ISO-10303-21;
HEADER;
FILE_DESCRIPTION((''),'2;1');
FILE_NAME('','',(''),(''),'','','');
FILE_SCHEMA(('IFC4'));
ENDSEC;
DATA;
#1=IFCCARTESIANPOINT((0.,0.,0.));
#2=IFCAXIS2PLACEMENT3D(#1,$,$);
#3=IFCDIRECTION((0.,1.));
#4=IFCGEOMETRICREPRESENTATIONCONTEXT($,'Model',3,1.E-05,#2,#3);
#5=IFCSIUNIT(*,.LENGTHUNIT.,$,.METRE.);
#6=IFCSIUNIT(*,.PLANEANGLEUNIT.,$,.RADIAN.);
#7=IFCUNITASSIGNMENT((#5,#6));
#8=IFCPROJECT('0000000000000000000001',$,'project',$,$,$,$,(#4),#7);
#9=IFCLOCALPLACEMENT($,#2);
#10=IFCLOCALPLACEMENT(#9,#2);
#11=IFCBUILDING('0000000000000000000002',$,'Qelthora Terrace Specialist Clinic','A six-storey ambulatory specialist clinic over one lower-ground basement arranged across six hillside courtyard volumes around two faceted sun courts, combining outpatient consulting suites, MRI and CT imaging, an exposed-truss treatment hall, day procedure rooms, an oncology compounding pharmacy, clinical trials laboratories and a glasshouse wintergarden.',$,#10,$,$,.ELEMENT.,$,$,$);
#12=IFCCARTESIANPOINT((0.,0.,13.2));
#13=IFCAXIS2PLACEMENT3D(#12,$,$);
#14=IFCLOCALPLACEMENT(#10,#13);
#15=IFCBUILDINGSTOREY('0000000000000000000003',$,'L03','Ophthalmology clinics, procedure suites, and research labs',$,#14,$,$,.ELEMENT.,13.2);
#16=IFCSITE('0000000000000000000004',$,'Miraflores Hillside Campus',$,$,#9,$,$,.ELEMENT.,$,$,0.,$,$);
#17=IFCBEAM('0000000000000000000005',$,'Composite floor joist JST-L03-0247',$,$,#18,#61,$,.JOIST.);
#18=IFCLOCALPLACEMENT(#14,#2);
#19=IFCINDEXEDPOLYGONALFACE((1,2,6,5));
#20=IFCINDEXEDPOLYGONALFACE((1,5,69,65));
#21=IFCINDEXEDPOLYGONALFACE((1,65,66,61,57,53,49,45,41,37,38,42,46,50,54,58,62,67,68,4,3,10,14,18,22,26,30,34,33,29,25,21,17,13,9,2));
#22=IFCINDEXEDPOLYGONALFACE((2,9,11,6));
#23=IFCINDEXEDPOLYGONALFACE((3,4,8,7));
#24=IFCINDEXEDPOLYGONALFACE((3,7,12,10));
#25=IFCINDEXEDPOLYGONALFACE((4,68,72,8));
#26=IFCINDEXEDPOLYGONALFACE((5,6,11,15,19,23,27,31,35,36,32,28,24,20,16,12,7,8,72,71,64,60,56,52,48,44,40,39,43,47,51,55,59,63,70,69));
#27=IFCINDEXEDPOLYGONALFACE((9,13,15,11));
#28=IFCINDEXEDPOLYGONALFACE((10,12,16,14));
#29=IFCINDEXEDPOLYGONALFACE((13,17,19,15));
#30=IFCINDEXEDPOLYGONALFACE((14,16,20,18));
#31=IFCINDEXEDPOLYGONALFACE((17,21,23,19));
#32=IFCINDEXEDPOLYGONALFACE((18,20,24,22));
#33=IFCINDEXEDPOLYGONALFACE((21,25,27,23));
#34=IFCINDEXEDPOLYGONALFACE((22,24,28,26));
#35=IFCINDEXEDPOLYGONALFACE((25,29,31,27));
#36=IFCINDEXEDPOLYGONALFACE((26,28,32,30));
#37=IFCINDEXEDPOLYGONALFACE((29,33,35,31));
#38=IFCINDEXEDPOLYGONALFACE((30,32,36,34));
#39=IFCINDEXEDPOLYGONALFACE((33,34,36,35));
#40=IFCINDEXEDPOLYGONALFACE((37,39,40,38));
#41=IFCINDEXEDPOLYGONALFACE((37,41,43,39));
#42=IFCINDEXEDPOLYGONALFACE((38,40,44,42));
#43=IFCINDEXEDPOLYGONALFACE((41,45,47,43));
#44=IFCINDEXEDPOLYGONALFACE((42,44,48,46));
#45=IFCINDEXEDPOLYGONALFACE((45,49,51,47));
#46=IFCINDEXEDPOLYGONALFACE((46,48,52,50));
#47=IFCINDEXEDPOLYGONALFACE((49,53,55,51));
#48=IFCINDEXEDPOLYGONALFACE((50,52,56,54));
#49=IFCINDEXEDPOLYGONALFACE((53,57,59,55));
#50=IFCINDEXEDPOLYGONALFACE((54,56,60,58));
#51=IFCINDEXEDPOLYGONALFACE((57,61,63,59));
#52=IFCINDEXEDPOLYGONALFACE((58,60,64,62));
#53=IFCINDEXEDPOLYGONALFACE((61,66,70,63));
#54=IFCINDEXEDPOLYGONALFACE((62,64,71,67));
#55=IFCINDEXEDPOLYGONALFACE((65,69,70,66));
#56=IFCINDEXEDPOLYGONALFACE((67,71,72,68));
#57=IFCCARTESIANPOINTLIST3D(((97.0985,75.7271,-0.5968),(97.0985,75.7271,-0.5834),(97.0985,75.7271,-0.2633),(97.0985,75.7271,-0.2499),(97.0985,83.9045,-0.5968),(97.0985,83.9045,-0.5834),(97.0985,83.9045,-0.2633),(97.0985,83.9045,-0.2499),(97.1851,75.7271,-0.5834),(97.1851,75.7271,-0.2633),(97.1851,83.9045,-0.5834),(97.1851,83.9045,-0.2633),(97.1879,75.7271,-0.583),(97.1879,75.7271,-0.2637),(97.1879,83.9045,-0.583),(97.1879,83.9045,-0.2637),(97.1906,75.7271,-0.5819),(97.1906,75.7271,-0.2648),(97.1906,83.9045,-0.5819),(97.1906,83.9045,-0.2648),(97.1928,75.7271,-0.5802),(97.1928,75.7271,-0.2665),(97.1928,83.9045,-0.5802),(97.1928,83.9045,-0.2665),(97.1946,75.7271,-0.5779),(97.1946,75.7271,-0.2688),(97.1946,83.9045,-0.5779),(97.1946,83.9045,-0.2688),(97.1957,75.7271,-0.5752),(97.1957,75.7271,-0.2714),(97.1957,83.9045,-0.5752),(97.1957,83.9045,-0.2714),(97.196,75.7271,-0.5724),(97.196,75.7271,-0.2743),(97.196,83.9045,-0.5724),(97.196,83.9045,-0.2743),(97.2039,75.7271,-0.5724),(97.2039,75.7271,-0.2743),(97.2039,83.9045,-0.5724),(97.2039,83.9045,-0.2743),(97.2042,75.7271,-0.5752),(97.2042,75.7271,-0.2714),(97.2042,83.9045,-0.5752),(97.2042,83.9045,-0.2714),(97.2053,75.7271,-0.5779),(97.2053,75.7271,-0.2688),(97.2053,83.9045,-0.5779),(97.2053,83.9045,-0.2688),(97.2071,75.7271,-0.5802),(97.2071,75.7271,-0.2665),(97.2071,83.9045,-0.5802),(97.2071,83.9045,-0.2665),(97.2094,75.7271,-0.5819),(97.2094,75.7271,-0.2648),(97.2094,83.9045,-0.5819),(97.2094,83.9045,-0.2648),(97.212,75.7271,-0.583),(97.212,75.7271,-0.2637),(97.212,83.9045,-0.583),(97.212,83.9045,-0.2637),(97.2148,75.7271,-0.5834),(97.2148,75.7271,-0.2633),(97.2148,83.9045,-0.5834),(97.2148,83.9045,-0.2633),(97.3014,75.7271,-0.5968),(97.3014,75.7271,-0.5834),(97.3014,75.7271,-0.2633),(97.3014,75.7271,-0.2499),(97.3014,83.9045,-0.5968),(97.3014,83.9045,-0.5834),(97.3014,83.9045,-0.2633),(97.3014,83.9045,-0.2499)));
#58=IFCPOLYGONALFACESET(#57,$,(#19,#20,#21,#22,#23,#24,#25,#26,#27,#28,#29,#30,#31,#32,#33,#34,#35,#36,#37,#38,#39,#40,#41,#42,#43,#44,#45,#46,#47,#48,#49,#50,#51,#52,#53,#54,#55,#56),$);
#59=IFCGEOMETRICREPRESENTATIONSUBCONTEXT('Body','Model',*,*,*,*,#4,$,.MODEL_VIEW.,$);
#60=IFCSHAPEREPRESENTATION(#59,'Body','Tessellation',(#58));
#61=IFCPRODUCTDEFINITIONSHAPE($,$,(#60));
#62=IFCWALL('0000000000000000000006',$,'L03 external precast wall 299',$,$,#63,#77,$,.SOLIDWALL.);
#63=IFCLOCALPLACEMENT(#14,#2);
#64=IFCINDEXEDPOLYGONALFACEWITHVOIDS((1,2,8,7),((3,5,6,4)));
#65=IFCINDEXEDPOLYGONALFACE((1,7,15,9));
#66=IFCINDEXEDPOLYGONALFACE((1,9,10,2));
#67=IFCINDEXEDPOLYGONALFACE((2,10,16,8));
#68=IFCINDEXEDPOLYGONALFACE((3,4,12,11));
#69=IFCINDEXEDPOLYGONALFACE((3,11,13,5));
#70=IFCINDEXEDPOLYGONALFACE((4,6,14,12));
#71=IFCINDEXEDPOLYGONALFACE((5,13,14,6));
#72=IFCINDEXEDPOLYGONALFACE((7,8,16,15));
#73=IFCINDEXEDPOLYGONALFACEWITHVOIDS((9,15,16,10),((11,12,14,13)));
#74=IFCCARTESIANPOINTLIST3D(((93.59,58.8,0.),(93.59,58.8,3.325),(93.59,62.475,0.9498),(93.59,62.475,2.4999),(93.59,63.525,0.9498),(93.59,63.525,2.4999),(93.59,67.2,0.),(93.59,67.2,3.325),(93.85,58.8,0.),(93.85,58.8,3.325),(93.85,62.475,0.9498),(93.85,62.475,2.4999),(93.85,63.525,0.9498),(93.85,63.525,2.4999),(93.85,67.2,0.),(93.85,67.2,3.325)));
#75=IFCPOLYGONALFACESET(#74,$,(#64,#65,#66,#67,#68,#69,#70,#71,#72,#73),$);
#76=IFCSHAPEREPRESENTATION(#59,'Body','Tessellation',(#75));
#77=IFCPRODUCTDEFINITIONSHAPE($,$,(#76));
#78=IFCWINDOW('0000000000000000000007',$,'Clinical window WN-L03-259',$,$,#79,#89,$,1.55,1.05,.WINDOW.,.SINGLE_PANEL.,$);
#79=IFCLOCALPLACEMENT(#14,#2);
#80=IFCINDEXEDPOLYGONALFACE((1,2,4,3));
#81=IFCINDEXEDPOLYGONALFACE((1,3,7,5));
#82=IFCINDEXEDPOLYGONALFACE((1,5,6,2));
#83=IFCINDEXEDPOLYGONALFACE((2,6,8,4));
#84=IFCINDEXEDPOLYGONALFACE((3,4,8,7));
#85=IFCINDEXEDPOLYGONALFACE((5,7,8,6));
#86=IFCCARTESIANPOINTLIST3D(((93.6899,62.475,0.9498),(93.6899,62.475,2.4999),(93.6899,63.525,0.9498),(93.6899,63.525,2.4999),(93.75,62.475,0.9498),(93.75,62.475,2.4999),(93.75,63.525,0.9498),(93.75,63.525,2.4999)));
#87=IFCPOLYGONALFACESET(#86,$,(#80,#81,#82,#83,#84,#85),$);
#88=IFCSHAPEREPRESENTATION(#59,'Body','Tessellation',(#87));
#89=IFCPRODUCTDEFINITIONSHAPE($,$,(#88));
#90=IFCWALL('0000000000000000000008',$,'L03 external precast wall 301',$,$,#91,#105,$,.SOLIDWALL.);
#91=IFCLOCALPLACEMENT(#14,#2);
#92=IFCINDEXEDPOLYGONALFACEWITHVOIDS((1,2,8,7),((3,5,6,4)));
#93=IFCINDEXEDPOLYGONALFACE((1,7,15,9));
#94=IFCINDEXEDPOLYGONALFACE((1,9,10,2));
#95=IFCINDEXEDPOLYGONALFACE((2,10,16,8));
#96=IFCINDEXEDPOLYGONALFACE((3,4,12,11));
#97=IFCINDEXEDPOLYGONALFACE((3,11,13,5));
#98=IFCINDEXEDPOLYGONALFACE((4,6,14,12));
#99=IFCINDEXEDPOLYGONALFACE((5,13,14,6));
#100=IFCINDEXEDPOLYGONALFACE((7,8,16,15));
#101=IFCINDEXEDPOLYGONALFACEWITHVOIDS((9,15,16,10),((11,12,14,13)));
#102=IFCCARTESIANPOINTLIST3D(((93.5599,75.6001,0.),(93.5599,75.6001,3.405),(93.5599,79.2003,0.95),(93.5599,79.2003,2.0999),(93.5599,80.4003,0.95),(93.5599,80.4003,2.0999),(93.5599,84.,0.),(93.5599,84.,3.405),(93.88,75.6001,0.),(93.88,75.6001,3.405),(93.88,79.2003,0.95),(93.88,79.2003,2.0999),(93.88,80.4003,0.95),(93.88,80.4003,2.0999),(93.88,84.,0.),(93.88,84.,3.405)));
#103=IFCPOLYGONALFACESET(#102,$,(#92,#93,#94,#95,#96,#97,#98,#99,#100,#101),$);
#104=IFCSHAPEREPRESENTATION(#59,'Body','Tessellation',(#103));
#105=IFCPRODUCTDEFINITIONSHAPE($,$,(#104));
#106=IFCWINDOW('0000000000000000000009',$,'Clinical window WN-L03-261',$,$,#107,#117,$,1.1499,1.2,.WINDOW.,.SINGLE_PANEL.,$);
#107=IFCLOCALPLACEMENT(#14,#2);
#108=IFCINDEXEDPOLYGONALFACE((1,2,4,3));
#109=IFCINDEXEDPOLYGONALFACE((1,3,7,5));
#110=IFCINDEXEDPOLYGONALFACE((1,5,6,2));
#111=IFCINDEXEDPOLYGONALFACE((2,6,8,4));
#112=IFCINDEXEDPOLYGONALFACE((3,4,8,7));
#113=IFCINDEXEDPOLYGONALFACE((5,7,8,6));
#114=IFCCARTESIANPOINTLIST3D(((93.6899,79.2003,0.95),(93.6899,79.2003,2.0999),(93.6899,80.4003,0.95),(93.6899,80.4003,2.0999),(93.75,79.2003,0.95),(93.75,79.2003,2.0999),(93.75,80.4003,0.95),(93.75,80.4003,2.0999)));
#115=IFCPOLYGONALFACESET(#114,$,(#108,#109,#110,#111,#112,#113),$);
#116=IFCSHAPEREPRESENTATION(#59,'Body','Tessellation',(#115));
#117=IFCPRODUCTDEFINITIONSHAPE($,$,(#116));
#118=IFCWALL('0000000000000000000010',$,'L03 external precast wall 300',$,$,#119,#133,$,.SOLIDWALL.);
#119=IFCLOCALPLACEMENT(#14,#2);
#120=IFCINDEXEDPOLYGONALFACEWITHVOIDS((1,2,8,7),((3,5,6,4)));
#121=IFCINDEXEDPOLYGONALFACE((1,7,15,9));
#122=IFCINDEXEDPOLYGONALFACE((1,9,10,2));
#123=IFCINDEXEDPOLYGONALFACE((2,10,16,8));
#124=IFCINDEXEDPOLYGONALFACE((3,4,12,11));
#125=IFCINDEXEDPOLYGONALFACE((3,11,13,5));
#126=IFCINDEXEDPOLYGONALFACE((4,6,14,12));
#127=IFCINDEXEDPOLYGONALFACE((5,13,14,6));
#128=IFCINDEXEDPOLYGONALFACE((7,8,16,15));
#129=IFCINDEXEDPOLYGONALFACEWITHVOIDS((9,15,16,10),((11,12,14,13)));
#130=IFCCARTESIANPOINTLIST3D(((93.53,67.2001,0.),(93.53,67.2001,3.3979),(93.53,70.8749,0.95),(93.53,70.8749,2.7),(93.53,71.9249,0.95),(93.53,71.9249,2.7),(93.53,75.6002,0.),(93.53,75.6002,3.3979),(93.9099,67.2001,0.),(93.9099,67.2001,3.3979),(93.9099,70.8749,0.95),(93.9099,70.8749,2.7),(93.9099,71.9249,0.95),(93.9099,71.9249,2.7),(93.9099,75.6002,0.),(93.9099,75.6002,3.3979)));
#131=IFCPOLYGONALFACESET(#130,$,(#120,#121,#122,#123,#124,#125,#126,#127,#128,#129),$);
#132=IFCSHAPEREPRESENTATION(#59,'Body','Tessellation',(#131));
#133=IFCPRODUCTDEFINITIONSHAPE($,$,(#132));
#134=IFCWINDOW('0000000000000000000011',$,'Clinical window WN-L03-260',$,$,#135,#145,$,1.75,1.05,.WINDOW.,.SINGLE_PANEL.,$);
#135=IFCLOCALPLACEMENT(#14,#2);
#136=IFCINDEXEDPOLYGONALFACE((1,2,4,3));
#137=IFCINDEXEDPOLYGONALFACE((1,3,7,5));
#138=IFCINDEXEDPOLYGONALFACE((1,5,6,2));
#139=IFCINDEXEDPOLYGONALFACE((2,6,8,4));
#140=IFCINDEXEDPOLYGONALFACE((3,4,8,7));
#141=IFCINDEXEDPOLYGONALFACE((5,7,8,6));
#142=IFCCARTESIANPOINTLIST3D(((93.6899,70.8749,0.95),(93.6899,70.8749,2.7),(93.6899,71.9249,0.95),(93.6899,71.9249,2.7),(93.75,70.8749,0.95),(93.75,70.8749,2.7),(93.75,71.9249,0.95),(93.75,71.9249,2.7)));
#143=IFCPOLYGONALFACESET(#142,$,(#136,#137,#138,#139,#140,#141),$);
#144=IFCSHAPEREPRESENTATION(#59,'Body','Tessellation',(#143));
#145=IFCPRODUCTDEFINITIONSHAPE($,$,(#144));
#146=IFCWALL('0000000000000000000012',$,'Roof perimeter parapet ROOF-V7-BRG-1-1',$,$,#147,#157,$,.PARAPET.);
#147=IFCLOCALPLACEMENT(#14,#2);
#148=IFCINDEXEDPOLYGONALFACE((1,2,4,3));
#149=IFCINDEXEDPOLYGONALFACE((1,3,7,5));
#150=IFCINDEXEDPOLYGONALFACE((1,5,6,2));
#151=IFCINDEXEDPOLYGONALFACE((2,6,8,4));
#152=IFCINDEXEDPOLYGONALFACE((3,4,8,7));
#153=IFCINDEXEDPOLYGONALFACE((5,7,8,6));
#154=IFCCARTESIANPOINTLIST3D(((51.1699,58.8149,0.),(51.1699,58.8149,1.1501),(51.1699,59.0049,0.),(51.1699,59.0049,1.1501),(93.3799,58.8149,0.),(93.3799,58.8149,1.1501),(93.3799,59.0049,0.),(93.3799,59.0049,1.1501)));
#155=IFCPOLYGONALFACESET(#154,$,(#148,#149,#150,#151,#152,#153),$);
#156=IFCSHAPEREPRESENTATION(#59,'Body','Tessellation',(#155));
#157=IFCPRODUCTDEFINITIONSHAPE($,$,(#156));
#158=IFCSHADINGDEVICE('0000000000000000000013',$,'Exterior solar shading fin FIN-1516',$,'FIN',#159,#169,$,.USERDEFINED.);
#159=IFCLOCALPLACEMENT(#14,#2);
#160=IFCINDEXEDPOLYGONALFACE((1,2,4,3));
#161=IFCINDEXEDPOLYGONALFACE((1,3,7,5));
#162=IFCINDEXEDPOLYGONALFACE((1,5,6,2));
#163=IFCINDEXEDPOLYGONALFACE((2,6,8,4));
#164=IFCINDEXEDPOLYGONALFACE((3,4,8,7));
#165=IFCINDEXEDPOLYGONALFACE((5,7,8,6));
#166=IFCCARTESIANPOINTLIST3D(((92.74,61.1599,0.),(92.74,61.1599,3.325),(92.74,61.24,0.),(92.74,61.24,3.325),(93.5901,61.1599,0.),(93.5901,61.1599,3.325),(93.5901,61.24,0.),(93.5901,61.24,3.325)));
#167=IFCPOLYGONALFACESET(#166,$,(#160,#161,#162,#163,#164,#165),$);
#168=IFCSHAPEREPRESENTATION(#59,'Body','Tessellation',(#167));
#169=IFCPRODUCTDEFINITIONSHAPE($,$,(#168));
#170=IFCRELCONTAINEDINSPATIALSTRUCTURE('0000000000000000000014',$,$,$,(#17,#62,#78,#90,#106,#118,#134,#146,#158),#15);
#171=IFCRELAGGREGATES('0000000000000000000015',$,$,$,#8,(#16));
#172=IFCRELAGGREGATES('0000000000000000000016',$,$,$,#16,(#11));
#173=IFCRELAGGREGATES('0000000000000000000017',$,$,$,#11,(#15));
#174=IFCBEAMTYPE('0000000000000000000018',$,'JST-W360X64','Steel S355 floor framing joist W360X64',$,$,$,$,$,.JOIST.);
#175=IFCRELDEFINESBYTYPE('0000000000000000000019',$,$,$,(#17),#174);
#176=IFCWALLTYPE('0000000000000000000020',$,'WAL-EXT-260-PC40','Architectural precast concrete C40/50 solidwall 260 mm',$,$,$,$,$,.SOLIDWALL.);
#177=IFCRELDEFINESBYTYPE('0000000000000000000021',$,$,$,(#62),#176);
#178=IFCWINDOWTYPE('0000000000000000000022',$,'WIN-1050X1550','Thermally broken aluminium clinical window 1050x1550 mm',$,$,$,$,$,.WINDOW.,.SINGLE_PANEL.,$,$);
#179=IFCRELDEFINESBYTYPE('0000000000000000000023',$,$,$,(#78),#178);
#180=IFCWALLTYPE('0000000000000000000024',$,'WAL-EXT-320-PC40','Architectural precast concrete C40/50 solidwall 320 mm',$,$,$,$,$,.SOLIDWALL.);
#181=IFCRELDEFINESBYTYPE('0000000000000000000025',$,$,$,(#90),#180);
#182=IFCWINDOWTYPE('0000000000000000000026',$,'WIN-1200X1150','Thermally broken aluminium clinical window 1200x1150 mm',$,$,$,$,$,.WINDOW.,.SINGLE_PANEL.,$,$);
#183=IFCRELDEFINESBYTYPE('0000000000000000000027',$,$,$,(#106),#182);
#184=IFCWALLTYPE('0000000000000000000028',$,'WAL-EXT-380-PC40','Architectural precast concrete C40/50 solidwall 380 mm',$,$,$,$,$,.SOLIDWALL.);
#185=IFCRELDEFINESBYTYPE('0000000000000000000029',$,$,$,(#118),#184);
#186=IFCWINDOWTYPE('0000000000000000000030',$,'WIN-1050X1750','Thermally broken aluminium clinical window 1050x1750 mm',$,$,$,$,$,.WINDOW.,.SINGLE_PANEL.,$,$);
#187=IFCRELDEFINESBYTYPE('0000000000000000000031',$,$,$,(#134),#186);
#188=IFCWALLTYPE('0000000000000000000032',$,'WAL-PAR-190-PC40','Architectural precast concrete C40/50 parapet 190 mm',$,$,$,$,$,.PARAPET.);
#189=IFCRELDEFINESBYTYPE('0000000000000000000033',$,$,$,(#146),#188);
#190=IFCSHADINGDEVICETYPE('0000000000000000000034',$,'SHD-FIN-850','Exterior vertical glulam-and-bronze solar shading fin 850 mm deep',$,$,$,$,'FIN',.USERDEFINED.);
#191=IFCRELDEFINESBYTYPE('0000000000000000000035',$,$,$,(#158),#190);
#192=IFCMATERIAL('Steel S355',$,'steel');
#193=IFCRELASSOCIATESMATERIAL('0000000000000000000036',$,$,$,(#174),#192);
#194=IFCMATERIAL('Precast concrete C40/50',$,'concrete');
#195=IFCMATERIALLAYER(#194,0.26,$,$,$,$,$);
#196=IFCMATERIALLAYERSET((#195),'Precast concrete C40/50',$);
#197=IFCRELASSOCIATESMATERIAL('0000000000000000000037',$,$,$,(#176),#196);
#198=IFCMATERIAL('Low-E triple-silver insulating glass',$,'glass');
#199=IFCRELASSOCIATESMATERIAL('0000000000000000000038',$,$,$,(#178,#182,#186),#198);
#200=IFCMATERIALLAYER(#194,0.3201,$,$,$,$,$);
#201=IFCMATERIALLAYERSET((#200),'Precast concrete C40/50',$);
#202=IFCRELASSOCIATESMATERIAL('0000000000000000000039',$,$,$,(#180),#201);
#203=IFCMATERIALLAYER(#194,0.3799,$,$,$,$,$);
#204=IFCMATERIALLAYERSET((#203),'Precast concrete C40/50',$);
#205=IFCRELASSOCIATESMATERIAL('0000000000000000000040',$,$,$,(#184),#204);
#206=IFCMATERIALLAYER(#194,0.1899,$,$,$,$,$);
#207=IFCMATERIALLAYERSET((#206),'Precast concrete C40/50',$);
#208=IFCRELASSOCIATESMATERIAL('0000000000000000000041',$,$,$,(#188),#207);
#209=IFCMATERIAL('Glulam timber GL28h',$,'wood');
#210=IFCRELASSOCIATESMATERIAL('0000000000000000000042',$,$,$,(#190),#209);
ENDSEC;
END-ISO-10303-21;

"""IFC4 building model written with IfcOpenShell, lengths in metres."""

from ifc_helpers import new_model, si_unit, direction, frame, frame_2d, origin, origin_2d, place, context, subcontext, project, spatial, rectangle, i_section, extrude, material, layer, layer_set, material_profile, profile_set, type_object, element, fill, save


model = new_model("IFC4")

# Units and contexts
model_context = context("Model", 3, precision=1e-05, world=origin(), true_north=direction((0.0, 1.0)))
body_context = subcontext(model_context, "Body", "Model", "MODEL_VIEW")
ifc_project = project(units=[si_unit("LENGTHUNIT", "METRE"), si_unit("PLANEANGLEUNIT", "RADIAN")], contexts=[model_context])

# Site, building, storey
site_placement = place(None, origin())
site = spatial("IfcSite", under=ifc_project, at=site_placement, Name="Miraflores Hillside Campus", CompositionType="ELEMENT", RefElevation=0.0)
building_placement = place(site_placement, origin())
building = spatial("IfcBuilding", under=site, at=building_placement, Name="Qelthora Terrace Specialist Clinic", Description="A six-storey ambulatory specialist clinic over one lower-ground basement arranged across six hillside courtyard volumes around two faceted sun courts, combining outpatient consulting suites, MRI and CT imaging, an exposed-truss treatment hall, day procedure rooms, an oncology compounding pharmacy, clinical trials laboratories and a glasshouse wintergarden.", CompositionType="ELEMENT")
storey_placement = place(building_placement, frame((0.0, 0.0, 13.2)))
storey = spatial("IfcBuildingStorey", under=building, at=storey_placement, Name="L03", Description="Ophthalmology clinics, procedure suites, and research labs", CompositionType="ELEMENT", Elevation=13.2)

# Shared definitions
ifc_material_1 = material(Name="Steel S355", Category="steel")

# Beam
ifc_material_profile_1 = material_profile(ifc_material_1, i_section(OverallWidth=0.2029, OverallDepth=0.3469, WebThickness=0.0078, FlangeThickness=0.0134, FilletRadius=0.011, at=origin_2d()), Name="W360X64")
ifc_profile_set_1 = profile_set([ifc_material_profile_1], Name="Steel S355")
beam_type_1 = type_object("IfcBeamType", Name="JST-W360X64", Description="Steel S355 floor framing joist W360X64", PredefinedType="JOIST", material=ifc_profile_set_1)
beam_1_placement = place(storey_placement, frame((97.2, 75.7271, -0.4233), z_axis=(0.0, 1.0, 0.0), x_axis=(-1.0, 0.0, 0.0)))
element("IfcBeam", 1, at=beam_1_placement, inside=storey, type_object=beam_type_1, Name="Composite floor joist JST-L03-0247", PredefinedType="JOIST", context=body_context, shape_type="SweptSolid", body=[
    extrude(i_section(OverallWidth=0.2029, OverallDepth=0.3469, WebThickness=0.0078, FlangeThickness=0.0134, FilletRadius=0.011, at=origin_2d()), origin(), (0.0, 0.0, 1.0), 8.1775),
])

# Walls, openings, windows
ifc_material_2 = material(Name="Precast concrete C40/50", Category="concrete")
ifc_layer_1 = layer(ifc_material_2, 0.26)
ifc_layer_set_1 = layer_set([ifc_layer_1], Name="Precast concrete C40/50")
wall_type_1 = type_object("IfcWallType", Name="WAL-EXT-260-PC40", Description="Architectural precast concrete C40/50 solidwall 260 mm", PredefinedType="SOLIDWALL", material=ifc_layer_set_1)
wall_1_placement = place(storey_placement, frame((93.72, 58.8, 0.0), z_axis=(0.0, 0.0, 1.0), x_axis=(0.0, 1.0, 0.0)))
wall_1 = element("IfcWall", 2, at=wall_1_placement, inside=storey, type_object=wall_type_1, Name="L03 external precast wall 299", PredefinedType="SOLIDWALL", context=body_context, shape_type="SweptSolid", body=[
    extrude(rectangle(XDim=8.3999, YDim=0.26, at=frame_2d((4.2, 0.0))), origin(), (0.0, 0.0, 1.0), 3.325),
])
opening_1_placement = place(wall_1_placement, frame((3.675, 0.0, 0.95)))
opening_1 = element("IfcOpeningElement", 3, at=opening_1_placement, cuts=wall_1, PredefinedType="OPENING", context=body_context, shape_type="SweptSolid", body=[
    extrude(rectangle(XDim=1.05, YDim=1.55, at=frame_2d((0.5249, 0.7749))), frame((0.0, 0.1399, 0.0), z_axis=(0.0, -1.0, 0.0), x_axis=(1.0, 0.0, 0.0)), (0.0, 0.0, 1.0), 0.28),
])
ifc_material_3 = material(Name="Low-E triple-silver insulating glass", Category="glass")
window_type_1 = type_object("IfcWindowType", Name="WIN-1050X1550", Description="Thermally broken aluminium clinical window 1050x1550 mm", PartitioningType="SINGLE_PANEL", PredefinedType="WINDOW", material=ifc_material_3)
window_1_placement = place(opening_1_placement, origin())
window_1 = element("IfcWindow", 4, at=window_1_placement, inside=storey, type_object=window_type_1, Name="Clinical window WN-L03-259", OverallHeight=1.55, OverallWidth=1.05, PartitioningType="SINGLE_PANEL", PredefinedType="WINDOW", context=body_context, shape_type="SweptSolid", body=[
    extrude(rectangle(XDim=1.05, YDim=1.55, at=frame_2d((0.5249, 0.7749))), frame((0.0, 0.03, 0.0), z_axis=(0.0, -1.0, 0.0), x_axis=(1.0, 0.0, 0.0)), (0.0, 0.0, 1.0), 0.0601),
])
fill(opening_1, window_1)
ifc_layer_2 = layer(ifc_material_2, 0.3201)
ifc_layer_set_2 = layer_set([ifc_layer_2], Name="Precast concrete C40/50")
wall_type_2 = type_object("IfcWallType", Name="WAL-EXT-320-PC40", Description="Architectural precast concrete C40/50 solidwall 320 mm", PredefinedType="SOLIDWALL", material=ifc_layer_set_2)
wall_2_placement = place(storey_placement, frame((93.72, 75.6001, 0.0), z_axis=(0.0, 0.0, 1.0), x_axis=(0.0, 1.0, 0.0)))
wall_2 = element("IfcWall", 5, at=wall_2_placement, inside=storey, type_object=wall_type_2, Name="L03 external precast wall 301", PredefinedType="SOLIDWALL", context=body_context, shape_type="SweptSolid", body=[
    extrude(rectangle(XDim=8.3999, YDim=0.3201, at=frame_2d((4.2, 0.0))), origin(), (0.0, 0.0, 1.0), 3.405),
])
opening_2_placement = place(wall_2_placement, frame((3.6001, 0.0, 0.95)))
opening_2 = element("IfcOpeningElement", 6, at=opening_2_placement, cuts=wall_2, PredefinedType="OPENING", context=body_context, shape_type="SweptSolid", body=[
    extrude(rectangle(XDim=1.2, YDim=1.1499, at=frame_2d((0.6001, 0.575))), frame((0.0, 0.1699, 0.0), z_axis=(0.0, -1.0, 0.0), x_axis=(1.0, 0.0, 0.0)), (0.0, 0.0, 1.0), 0.3401),
])
window_type_2 = type_object("IfcWindowType", Name="WIN-1200X1150", Description="Thermally broken aluminium clinical window 1200x1150 mm", PartitioningType="SINGLE_PANEL", PredefinedType="WINDOW", material=ifc_material_3)
window_2_placement = place(opening_2_placement, origin())
window_2 = element("IfcWindow", 7, at=window_2_placement, inside=storey, type_object=window_type_2, Name="Clinical window WN-L03-261", OverallHeight=1.1499, OverallWidth=1.2, PartitioningType="SINGLE_PANEL", PredefinedType="WINDOW", context=body_context, shape_type="SweptSolid", body=[
    extrude(rectangle(XDim=1.2, YDim=1.1499, at=frame_2d((0.6001, 0.575))), frame((0.0, 0.03, 0.0), z_axis=(0.0, -1.0, 0.0), x_axis=(1.0, 0.0, 0.0)), (0.0, 0.0, 1.0), 0.0601),
])
fill(opening_2, window_2)
ifc_layer_3 = layer(ifc_material_2, 0.3799)
ifc_layer_set_3 = layer_set([ifc_layer_3], Name="Precast concrete C40/50")
wall_type_3 = type_object("IfcWallType", Name="WAL-EXT-380-PC40", Description="Architectural precast concrete C40/50 solidwall 380 mm", PredefinedType="SOLIDWALL", material=ifc_layer_set_3)
wall_3_placement = place(storey_placement, frame((93.72, 67.2, 0.0), z_axis=(0.0, 0.0, 1.0), x_axis=(0.0, 1.0, 0.0)))
wall_3 = element("IfcWall", 8, at=wall_3_placement, inside=storey, type_object=wall_type_3, Name="L03 external precast wall 300", PredefinedType="SOLIDWALL", context=body_context, shape_type="SweptSolid", body=[
    extrude(rectangle(XDim=8.4001, YDim=0.3799, at=frame_2d((4.2002, 0.0))), origin(), (0.0, 0.0, 1.0), 3.3979),
])
opening_3_placement = place(wall_3_placement, frame((3.675, 0.0, 0.95)))
opening_3 = element("IfcOpeningElement", 9, at=opening_3_placement, cuts=wall_3, PredefinedType="OPENING", context=body_context, shape_type="SweptSolid", body=[
    extrude(rectangle(XDim=1.05, YDim=1.75, at=frame_2d((0.5249, 0.875))), frame((0.0, 0.2, 0.0), z_axis=(0.0, -1.0, 0.0), x_axis=(1.0, 0.0, 0.0)), (0.0, 0.0, 1.0), 0.3999),
])
window_type_3 = type_object("IfcWindowType", Name="WIN-1050X1750", Description="Thermally broken aluminium clinical window 1050x1750 mm", PartitioningType="SINGLE_PANEL", PredefinedType="WINDOW", material=ifc_material_3)
window_3_placement = place(opening_3_placement, origin())
window_3 = element("IfcWindow", 10, at=window_3_placement, inside=storey, type_object=window_type_3, Name="Clinical window WN-L03-260", OverallHeight=1.75, OverallWidth=1.05, PartitioningType="SINGLE_PANEL", PredefinedType="WINDOW", context=body_context, shape_type="SweptSolid", body=[
    extrude(rectangle(XDim=1.05, YDim=1.75, at=frame_2d((0.5249, 0.875))), frame((0.0, 0.03, 0.0), z_axis=(0.0, -1.0, 0.0), x_axis=(1.0, 0.0, 0.0)), (0.0, 0.0, 1.0), 0.0601),
])
fill(opening_3, window_3)

# Wall
ifc_layer_4 = layer(ifc_material_2, 0.1899)
ifc_layer_set_4 = layer_set([ifc_layer_4], Name="Precast concrete C40/50")
wall_type_4 = type_object("IfcWallType", Name="WAL-PAR-190-PC40", Description="Architectural precast concrete C40/50 parapet 190 mm", PredefinedType="PARAPET", material=ifc_layer_set_4)
wall_4_placement = place(storey_placement, frame((93.3799, 58.9099, 0.0), z_axis=(0.0, 0.0, 1.0), x_axis=(-1.0, 0.0, 0.0)))
element("IfcWall", 11, at=wall_4_placement, inside=storey, type_object=wall_type_4, Name="Roof perimeter parapet ROOF-V7-BRG-1-1", PredefinedType="PARAPET", context=body_context, shape_type="SweptSolid", body=[
    extrude(rectangle(XDim=42.21, YDim=0.1899, at=frame_2d((21.105, 0.0))), origin(), (0.0, 0.0, 1.0), 1.1501),
])

# Shading device
ifc_material_4 = material(Name="Glulam timber GL28h", Category="wood")
shading_device_type = type_object("IfcShadingDeviceType", Name="SHD-FIN-850", Description="Exterior vertical glulam-and-bronze solar shading fin 850 mm deep", ElementType="FIN", PredefinedType="USERDEFINED", material=ifc_material_4)
for number, where, z_axis, x_axis, name in (
    (12, (93.165, 61.2, 0.0), (0.0, 0.0, 1.0), (-1.0, 0.0, 0.0), "Exterior solar shading fin FIN-1516"),
):
    element("IfcShadingDevice", number, at=place(storey_placement, frame(where, z_axis=z_axis, x_axis=x_axis)), inside=storey, type_object=shading_device_type, Name=name, ObjectType="FIN", PredefinedType="USERDEFINED", context=body_context, shape_type="SweptSolid", body=[
        extrude(rectangle(XDim=0.8501, YDim=0.0801, at=origin_2d()), origin(), (0.0, 0.0, 1.0), 3.325),
    ])

save(model, "model.ifc")
